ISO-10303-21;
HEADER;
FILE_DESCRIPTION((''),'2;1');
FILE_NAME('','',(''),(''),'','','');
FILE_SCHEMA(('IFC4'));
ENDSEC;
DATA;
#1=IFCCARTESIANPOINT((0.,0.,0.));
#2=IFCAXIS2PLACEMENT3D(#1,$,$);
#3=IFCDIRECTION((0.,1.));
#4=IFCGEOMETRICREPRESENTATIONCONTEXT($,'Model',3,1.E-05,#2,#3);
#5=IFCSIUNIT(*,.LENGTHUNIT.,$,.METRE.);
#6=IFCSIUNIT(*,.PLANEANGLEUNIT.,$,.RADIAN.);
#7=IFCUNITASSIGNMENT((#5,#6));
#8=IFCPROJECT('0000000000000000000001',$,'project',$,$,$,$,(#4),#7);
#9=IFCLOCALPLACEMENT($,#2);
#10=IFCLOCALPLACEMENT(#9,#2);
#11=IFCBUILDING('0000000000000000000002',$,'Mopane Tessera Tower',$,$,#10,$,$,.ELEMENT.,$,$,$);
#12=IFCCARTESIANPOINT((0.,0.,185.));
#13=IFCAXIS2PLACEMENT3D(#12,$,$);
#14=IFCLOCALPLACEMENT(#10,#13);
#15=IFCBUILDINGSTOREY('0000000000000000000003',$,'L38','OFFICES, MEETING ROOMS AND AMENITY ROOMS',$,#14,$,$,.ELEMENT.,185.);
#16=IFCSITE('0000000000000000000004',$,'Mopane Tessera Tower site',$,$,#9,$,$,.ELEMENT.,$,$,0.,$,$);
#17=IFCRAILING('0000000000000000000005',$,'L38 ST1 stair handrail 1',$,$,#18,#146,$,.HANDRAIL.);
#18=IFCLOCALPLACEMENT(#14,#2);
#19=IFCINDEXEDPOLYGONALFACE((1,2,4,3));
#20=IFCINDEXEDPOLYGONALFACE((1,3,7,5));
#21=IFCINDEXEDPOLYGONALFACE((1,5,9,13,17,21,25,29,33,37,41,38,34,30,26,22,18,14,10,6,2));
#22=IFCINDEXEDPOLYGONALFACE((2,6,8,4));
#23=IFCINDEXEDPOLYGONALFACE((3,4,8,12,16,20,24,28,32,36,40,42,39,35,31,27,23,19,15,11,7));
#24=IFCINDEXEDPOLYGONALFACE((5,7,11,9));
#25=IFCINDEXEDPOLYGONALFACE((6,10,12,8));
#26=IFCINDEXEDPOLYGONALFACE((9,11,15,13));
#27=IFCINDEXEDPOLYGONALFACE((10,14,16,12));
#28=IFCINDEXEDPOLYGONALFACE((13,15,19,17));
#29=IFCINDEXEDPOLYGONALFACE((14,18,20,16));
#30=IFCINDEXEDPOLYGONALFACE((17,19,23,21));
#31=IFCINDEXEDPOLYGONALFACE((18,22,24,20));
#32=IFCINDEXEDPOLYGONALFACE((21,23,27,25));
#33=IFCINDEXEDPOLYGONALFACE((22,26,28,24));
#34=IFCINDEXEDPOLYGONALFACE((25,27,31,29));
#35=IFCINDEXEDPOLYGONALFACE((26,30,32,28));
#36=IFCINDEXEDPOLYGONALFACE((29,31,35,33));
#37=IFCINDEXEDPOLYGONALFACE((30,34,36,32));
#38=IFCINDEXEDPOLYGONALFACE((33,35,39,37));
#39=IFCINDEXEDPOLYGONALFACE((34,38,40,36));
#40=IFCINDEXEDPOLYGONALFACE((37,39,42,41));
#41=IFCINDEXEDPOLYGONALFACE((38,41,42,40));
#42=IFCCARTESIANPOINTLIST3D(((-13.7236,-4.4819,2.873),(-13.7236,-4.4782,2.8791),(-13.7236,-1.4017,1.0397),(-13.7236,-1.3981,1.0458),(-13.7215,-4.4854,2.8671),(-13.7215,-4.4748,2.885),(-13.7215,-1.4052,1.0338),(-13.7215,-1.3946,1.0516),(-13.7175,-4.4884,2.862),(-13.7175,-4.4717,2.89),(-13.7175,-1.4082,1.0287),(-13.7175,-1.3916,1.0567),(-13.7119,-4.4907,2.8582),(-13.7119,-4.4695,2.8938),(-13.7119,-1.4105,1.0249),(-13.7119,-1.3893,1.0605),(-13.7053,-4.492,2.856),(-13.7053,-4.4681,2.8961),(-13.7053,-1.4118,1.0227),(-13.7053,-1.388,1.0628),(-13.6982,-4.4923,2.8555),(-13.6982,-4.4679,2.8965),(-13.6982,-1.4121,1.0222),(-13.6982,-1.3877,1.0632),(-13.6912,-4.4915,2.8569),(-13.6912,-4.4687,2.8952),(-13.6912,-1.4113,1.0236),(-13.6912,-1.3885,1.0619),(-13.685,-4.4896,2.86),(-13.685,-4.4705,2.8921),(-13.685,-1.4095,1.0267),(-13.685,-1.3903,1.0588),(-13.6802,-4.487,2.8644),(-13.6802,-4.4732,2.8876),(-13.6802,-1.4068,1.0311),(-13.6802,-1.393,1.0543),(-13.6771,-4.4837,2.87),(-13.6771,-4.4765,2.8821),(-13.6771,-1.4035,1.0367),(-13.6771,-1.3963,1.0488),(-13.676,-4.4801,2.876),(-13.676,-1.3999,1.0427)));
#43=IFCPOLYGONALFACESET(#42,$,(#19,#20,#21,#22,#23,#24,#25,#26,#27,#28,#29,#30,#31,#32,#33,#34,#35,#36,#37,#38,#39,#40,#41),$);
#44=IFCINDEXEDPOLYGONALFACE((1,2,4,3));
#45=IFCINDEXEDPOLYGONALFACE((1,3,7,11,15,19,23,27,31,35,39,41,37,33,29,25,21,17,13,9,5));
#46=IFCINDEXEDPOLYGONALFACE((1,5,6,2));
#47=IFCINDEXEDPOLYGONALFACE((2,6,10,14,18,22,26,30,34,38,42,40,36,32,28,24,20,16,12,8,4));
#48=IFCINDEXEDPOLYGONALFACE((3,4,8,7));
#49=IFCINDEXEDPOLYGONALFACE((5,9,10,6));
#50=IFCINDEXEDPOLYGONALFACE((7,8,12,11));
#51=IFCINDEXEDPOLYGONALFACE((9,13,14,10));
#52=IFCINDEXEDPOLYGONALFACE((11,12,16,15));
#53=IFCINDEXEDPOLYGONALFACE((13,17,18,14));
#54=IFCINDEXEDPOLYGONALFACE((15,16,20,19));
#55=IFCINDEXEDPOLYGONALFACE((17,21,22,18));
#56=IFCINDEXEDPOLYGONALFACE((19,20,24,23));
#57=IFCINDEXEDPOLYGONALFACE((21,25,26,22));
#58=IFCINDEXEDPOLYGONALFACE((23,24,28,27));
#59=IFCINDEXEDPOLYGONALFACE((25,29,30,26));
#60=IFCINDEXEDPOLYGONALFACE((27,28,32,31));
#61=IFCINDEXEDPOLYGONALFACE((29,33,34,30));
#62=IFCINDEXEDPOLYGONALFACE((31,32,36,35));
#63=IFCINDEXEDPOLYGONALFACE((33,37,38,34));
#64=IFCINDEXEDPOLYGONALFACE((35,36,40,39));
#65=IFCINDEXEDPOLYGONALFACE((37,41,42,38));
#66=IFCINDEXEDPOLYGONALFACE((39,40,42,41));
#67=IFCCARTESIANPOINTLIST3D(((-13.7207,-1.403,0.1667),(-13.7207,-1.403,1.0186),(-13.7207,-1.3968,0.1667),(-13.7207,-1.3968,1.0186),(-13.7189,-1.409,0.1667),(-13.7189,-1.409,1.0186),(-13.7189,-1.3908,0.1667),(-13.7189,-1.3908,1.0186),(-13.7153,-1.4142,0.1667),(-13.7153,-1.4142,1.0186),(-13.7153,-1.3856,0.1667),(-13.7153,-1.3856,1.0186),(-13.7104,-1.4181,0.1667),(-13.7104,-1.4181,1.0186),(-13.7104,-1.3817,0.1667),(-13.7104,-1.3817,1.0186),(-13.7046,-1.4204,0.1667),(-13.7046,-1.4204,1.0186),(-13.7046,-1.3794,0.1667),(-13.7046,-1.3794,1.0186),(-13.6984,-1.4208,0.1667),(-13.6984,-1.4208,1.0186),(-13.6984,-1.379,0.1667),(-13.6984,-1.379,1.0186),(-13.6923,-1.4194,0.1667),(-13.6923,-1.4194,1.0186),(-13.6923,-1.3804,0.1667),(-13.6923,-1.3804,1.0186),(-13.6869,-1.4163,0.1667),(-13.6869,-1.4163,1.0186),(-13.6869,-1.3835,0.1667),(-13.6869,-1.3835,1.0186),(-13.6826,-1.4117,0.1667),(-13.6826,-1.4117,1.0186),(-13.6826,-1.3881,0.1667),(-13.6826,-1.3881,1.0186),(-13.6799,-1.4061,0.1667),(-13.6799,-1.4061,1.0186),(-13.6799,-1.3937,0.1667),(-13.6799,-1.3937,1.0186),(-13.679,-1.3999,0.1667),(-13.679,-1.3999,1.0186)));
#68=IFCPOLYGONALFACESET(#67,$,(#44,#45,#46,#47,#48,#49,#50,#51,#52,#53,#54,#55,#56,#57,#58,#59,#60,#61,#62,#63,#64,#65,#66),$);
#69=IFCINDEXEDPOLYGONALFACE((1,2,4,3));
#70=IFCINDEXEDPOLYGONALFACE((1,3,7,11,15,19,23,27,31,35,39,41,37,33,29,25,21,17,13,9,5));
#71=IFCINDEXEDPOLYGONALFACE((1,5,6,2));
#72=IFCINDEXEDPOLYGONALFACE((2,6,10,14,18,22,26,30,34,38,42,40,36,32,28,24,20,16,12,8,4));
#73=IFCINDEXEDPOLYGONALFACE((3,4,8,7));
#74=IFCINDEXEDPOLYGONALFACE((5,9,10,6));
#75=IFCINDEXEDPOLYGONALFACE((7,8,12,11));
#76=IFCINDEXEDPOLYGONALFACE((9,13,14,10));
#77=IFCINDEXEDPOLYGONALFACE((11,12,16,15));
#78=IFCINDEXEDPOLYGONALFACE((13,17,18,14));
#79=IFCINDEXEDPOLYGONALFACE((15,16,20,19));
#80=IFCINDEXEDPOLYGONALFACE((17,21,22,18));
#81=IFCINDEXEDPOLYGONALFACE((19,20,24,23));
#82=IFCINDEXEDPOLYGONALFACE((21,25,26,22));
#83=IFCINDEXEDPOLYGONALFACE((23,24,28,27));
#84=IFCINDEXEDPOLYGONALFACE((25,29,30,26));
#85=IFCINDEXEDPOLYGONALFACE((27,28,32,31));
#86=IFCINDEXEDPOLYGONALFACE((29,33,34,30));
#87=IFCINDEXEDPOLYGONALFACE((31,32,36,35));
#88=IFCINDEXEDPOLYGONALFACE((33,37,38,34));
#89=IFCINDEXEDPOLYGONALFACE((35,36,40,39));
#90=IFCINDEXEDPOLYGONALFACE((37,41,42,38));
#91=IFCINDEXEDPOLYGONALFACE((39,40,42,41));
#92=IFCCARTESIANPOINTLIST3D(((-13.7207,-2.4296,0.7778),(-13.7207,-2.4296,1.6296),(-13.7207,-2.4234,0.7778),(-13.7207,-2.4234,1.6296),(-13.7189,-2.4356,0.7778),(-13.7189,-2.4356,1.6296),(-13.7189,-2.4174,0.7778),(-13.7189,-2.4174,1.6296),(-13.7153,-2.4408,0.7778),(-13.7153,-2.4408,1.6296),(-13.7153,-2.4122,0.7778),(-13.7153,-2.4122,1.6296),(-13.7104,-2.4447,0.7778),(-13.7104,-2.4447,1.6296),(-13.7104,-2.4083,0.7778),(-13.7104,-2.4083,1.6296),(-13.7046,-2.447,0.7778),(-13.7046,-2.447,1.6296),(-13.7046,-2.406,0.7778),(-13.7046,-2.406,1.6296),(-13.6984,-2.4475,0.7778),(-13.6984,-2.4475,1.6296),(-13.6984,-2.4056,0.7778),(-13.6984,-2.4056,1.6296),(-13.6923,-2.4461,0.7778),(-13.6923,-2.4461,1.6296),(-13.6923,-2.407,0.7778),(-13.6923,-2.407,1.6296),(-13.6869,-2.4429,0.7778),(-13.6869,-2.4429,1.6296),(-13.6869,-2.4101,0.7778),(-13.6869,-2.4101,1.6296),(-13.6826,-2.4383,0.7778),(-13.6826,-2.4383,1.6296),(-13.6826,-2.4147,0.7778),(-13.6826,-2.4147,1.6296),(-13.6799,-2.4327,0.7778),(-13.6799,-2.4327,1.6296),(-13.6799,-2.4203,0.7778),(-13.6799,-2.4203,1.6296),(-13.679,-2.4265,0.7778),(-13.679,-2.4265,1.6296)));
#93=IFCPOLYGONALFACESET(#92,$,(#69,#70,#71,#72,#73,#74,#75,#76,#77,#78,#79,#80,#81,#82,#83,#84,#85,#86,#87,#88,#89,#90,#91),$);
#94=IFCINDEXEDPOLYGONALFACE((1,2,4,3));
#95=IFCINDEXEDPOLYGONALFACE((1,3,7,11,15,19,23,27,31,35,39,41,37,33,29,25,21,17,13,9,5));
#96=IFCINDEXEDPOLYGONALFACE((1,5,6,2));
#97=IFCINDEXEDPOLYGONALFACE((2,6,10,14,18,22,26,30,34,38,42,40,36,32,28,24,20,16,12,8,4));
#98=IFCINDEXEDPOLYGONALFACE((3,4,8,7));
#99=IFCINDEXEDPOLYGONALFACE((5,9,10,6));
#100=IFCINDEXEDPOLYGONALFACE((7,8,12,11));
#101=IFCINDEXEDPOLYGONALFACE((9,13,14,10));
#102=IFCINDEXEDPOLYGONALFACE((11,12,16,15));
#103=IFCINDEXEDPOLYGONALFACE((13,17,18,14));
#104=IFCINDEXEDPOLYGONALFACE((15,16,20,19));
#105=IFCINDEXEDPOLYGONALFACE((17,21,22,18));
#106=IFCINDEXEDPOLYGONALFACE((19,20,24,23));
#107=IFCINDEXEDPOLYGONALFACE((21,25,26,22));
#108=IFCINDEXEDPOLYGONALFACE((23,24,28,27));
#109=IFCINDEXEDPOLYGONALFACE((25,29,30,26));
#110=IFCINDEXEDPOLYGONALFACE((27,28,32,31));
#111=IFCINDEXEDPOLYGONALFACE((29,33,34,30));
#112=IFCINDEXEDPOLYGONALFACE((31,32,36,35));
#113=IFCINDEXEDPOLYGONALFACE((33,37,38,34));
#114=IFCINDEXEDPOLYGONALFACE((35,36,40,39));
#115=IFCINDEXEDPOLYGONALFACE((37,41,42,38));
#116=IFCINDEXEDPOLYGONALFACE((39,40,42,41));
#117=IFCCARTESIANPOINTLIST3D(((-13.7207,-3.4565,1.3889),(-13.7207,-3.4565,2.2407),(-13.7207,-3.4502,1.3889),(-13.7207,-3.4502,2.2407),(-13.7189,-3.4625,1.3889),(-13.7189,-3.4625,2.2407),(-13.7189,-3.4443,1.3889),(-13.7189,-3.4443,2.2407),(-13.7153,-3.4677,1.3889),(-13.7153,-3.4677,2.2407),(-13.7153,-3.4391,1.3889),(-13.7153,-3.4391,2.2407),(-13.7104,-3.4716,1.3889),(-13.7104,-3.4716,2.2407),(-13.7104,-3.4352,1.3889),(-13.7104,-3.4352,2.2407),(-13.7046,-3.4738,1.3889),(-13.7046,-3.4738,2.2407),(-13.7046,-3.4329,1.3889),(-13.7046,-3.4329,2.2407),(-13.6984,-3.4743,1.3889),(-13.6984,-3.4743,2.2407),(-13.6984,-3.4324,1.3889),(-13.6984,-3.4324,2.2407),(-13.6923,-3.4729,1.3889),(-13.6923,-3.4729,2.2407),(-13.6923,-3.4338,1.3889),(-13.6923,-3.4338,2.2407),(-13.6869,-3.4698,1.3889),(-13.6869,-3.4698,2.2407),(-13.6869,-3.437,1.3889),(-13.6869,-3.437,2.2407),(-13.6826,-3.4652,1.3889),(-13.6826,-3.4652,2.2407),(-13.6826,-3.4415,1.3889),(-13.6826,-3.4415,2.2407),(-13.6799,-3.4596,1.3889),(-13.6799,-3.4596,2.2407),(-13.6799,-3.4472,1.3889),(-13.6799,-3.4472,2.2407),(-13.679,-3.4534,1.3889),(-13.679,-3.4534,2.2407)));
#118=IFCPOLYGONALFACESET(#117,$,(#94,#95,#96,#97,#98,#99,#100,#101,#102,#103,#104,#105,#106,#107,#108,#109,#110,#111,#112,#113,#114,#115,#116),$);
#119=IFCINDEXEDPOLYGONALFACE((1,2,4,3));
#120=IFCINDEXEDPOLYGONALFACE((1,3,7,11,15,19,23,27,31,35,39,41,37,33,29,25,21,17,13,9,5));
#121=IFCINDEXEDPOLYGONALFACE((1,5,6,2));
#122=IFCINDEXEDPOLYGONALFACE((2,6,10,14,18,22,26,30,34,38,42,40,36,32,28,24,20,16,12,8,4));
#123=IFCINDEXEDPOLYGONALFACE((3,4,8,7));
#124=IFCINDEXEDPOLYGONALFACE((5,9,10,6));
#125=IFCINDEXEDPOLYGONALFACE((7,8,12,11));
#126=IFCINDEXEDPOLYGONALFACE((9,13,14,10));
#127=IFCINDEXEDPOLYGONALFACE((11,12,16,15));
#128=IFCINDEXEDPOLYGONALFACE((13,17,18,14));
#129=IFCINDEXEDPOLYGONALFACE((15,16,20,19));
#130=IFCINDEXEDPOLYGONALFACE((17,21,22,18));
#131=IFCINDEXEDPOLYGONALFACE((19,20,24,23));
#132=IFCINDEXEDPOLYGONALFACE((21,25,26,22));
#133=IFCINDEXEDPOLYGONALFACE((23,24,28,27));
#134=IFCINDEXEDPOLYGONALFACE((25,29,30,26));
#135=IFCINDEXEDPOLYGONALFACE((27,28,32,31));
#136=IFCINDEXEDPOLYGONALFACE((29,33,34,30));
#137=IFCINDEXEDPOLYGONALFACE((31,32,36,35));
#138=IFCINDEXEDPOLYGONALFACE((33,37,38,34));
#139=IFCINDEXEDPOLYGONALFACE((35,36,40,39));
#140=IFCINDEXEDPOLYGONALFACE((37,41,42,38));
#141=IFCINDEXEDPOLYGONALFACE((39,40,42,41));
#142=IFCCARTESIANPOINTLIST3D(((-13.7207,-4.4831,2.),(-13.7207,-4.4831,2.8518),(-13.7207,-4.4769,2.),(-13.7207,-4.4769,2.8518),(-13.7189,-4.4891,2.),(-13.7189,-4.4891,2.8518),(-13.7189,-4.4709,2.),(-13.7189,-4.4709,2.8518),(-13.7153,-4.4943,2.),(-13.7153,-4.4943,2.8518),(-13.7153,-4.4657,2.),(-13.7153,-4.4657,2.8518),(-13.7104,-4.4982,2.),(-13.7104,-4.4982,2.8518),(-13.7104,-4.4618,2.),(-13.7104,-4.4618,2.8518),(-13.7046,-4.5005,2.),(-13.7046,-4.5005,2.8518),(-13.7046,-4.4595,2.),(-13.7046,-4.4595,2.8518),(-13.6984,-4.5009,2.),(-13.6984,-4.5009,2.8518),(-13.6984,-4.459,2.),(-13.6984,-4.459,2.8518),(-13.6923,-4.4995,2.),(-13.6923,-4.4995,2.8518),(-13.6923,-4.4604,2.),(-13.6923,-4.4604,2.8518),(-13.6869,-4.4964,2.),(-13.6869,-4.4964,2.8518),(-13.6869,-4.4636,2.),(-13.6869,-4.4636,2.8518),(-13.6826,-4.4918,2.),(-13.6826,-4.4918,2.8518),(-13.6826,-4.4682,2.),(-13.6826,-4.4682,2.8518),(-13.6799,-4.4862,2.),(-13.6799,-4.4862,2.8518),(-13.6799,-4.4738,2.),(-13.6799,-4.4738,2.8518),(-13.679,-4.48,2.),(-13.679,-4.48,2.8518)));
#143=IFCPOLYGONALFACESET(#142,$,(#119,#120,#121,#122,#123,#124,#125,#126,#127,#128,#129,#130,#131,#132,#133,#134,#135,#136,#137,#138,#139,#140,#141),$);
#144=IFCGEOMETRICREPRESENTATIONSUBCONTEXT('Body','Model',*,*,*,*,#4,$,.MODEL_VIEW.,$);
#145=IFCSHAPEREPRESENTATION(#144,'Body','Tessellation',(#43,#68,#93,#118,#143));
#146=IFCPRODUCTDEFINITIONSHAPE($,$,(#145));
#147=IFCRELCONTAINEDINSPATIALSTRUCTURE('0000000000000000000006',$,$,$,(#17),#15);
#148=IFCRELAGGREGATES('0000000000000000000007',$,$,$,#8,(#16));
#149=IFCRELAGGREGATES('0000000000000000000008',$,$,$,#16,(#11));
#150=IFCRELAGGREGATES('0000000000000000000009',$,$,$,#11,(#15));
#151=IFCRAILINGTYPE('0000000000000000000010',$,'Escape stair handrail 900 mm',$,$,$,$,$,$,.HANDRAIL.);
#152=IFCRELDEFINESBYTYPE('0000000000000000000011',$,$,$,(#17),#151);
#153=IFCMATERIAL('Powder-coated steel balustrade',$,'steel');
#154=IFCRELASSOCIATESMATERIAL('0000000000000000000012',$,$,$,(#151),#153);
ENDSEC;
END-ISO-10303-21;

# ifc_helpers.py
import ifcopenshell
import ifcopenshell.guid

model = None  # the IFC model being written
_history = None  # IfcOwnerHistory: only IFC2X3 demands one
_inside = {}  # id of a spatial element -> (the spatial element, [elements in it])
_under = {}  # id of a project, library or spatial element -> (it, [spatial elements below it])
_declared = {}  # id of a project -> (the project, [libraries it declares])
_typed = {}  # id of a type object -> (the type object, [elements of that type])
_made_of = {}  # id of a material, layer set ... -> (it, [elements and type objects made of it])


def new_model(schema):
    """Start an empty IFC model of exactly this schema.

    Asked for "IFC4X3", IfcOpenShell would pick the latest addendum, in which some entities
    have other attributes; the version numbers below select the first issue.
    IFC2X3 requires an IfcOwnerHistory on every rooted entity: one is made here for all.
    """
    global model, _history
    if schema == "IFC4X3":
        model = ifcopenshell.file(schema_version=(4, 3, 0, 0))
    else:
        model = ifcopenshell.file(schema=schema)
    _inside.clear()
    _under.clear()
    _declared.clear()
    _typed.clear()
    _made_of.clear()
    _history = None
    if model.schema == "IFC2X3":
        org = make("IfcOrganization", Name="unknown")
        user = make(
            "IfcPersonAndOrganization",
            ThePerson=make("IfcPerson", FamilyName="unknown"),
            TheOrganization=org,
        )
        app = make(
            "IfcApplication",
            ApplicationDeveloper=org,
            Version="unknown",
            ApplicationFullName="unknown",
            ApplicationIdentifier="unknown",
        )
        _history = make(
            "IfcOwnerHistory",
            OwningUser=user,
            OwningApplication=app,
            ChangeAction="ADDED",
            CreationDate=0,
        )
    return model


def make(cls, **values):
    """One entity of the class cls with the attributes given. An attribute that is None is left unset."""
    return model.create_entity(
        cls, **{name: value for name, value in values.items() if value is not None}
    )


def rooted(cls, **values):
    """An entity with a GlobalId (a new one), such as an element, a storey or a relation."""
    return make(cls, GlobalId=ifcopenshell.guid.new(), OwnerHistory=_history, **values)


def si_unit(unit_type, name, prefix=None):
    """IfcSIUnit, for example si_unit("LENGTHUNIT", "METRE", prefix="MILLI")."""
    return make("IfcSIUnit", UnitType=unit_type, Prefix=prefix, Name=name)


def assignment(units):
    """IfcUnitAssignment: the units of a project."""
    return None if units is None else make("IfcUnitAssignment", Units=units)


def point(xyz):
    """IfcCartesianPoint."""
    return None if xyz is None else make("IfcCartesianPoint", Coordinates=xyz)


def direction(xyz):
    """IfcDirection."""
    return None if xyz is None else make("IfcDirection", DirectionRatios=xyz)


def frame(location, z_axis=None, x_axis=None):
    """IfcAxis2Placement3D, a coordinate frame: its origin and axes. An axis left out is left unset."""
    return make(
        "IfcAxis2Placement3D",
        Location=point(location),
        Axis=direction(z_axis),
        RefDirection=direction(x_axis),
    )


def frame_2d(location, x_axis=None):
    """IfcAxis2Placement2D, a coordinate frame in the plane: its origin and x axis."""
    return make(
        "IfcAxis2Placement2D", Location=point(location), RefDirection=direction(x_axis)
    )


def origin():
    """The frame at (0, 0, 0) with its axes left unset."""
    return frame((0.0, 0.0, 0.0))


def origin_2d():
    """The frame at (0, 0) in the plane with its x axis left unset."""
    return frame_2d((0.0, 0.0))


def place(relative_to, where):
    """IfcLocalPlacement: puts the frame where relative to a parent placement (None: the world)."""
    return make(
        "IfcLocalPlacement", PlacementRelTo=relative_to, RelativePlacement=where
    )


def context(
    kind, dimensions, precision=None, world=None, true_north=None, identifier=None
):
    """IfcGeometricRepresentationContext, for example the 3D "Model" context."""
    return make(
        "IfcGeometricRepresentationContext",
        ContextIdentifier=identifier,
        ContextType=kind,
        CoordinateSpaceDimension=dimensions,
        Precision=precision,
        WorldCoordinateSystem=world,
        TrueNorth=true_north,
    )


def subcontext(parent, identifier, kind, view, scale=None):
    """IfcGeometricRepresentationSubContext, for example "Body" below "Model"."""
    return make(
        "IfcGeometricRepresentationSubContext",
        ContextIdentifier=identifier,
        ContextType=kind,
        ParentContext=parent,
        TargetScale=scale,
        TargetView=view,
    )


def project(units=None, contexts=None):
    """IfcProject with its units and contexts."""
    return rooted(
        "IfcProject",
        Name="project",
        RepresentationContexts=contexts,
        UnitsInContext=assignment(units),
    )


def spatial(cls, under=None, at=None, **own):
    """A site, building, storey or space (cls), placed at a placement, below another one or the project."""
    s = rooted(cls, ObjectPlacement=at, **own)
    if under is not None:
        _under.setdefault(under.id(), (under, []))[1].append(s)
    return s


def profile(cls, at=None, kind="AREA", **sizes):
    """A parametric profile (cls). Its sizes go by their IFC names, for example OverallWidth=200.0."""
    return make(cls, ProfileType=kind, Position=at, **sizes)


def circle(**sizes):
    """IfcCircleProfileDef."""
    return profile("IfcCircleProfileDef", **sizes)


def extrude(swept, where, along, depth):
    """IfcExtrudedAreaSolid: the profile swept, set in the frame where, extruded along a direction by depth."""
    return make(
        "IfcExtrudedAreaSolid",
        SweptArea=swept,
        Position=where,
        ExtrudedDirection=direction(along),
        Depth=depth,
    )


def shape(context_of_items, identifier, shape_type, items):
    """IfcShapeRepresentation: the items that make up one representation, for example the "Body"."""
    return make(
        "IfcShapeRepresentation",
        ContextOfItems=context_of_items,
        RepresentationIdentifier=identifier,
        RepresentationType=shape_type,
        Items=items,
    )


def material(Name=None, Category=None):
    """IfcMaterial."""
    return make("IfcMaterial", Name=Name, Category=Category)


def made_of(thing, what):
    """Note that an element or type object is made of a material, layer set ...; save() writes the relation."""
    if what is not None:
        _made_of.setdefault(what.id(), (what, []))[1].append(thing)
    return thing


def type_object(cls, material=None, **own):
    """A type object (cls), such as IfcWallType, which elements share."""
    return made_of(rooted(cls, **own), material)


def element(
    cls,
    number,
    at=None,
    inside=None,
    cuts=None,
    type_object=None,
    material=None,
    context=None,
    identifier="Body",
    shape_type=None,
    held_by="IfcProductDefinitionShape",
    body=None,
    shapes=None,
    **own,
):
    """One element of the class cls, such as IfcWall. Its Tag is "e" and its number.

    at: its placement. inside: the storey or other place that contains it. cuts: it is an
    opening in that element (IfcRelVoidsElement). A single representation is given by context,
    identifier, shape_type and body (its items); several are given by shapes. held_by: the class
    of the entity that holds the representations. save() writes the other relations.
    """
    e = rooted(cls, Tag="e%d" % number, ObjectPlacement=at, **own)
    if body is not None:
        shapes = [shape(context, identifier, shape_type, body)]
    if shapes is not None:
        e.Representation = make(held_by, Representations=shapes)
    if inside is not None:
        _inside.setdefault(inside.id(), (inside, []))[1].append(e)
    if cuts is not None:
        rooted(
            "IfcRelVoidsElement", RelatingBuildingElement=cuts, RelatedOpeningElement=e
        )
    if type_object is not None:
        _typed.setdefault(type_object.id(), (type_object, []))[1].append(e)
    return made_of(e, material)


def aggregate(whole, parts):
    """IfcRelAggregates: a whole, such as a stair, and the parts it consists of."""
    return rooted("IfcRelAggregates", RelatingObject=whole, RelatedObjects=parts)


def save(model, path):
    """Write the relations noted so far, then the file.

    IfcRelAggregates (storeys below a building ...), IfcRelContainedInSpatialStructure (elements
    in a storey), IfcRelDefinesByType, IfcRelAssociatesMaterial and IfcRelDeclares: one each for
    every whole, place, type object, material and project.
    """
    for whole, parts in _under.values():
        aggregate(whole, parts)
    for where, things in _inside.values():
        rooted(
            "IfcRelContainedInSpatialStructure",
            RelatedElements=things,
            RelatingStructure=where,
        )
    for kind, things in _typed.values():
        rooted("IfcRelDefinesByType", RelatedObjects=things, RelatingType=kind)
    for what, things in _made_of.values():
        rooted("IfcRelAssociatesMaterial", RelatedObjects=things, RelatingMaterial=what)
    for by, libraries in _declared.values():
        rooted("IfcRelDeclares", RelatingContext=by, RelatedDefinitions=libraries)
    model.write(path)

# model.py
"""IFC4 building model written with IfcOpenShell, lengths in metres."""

from ifc_helpers import new_model, si_unit, direction, frame, origin, origin_2d, place, context, subcontext, project, spatial, circle, extrude, material, type_object, element, save


model = new_model("IFC4")

# Units and contexts
model_context = context("Model", 3, precision=1e-05, world=origin(), true_north=direction((0.0, 1.0)))
body_context = subcontext(model_context, "Body", "Model", "MODEL_VIEW")
ifc_project = project(units=[si_unit("LENGTHUNIT", "METRE"), si_unit("PLANEANGLEUNIT", "RADIAN")], contexts=[model_context])

# Site, building, storey
site_placement = place(None, origin())
site = spatial("IfcSite", under=ifc_project, at=site_placement, Name="Mopane Tessera Tower site", CompositionType="ELEMENT", RefElevation=0.0)
building_placement = place(site_placement, origin())
building = spatial("IfcBuilding", under=site, at=building_placement, Name="Mopane Tessera Tower", CompositionType="ELEMENT")
storey_placement = place(building_placement, frame((0.0, 0.0, 185.0)))
storey = spatial("IfcBuildingStorey", under=building, at=storey_placement, Name="L38", Description="OFFICES, MEETING ROOMS AND AMENITY ROOMS", CompositionType="ELEMENT", Elevation=185.0)

# Railing
ifc_material_1 = material(Name="Powder-coated steel balustrade", Category="steel")
railing_type_1 = type_object("IfcRailingType", Name="Escape stair handrail 900 mm", PredefinedType="HANDRAIL", material=ifc_material_1)
railing_1_placement = place(storey_placement, frame((-13.7, -1.3999, 0.1667)))
element("IfcRailing", 1, at=railing_1_placement, inside=storey, type_object=railing_type_1, Name="L38 ST1 stair handrail 1", PredefinedType="HANDRAIL", context=body_context, shape_type="SweptSolid", body=[
    extrude(circle(Radius=0.0239, at=origin_2d()), frame((0.0, 0.0, 0.876), z_axis=(0.0, -0.859309, 0.511458), x_axis=(1.0, 0.0, 0.0)), (0.0, 0.0, 1.0), 3.5845),
    extrude(circle(Radius=0.021, at=origin_2d()), origin(), (0.0, 0.0, 1.0), 0.8518),
    extrude(circle(Radius=0.021, at=origin_2d()), frame((0.0, -1.0266, 0.6111)), (0.0, 0.0, 1.0), 0.8518),
    extrude(circle(Radius=0.021, at=origin_2d()), frame((0.0, -2.0535, 1.2222)), (0.0, 0.0, 1.0), 0.8518),
    extrude(circle(Radius=0.021, at=origin_2d()), frame((0.0, -3.0801, 1.8333)), (0.0, 0.0, 1.0), 0.8518),
])

save(model, "model.ifc")
